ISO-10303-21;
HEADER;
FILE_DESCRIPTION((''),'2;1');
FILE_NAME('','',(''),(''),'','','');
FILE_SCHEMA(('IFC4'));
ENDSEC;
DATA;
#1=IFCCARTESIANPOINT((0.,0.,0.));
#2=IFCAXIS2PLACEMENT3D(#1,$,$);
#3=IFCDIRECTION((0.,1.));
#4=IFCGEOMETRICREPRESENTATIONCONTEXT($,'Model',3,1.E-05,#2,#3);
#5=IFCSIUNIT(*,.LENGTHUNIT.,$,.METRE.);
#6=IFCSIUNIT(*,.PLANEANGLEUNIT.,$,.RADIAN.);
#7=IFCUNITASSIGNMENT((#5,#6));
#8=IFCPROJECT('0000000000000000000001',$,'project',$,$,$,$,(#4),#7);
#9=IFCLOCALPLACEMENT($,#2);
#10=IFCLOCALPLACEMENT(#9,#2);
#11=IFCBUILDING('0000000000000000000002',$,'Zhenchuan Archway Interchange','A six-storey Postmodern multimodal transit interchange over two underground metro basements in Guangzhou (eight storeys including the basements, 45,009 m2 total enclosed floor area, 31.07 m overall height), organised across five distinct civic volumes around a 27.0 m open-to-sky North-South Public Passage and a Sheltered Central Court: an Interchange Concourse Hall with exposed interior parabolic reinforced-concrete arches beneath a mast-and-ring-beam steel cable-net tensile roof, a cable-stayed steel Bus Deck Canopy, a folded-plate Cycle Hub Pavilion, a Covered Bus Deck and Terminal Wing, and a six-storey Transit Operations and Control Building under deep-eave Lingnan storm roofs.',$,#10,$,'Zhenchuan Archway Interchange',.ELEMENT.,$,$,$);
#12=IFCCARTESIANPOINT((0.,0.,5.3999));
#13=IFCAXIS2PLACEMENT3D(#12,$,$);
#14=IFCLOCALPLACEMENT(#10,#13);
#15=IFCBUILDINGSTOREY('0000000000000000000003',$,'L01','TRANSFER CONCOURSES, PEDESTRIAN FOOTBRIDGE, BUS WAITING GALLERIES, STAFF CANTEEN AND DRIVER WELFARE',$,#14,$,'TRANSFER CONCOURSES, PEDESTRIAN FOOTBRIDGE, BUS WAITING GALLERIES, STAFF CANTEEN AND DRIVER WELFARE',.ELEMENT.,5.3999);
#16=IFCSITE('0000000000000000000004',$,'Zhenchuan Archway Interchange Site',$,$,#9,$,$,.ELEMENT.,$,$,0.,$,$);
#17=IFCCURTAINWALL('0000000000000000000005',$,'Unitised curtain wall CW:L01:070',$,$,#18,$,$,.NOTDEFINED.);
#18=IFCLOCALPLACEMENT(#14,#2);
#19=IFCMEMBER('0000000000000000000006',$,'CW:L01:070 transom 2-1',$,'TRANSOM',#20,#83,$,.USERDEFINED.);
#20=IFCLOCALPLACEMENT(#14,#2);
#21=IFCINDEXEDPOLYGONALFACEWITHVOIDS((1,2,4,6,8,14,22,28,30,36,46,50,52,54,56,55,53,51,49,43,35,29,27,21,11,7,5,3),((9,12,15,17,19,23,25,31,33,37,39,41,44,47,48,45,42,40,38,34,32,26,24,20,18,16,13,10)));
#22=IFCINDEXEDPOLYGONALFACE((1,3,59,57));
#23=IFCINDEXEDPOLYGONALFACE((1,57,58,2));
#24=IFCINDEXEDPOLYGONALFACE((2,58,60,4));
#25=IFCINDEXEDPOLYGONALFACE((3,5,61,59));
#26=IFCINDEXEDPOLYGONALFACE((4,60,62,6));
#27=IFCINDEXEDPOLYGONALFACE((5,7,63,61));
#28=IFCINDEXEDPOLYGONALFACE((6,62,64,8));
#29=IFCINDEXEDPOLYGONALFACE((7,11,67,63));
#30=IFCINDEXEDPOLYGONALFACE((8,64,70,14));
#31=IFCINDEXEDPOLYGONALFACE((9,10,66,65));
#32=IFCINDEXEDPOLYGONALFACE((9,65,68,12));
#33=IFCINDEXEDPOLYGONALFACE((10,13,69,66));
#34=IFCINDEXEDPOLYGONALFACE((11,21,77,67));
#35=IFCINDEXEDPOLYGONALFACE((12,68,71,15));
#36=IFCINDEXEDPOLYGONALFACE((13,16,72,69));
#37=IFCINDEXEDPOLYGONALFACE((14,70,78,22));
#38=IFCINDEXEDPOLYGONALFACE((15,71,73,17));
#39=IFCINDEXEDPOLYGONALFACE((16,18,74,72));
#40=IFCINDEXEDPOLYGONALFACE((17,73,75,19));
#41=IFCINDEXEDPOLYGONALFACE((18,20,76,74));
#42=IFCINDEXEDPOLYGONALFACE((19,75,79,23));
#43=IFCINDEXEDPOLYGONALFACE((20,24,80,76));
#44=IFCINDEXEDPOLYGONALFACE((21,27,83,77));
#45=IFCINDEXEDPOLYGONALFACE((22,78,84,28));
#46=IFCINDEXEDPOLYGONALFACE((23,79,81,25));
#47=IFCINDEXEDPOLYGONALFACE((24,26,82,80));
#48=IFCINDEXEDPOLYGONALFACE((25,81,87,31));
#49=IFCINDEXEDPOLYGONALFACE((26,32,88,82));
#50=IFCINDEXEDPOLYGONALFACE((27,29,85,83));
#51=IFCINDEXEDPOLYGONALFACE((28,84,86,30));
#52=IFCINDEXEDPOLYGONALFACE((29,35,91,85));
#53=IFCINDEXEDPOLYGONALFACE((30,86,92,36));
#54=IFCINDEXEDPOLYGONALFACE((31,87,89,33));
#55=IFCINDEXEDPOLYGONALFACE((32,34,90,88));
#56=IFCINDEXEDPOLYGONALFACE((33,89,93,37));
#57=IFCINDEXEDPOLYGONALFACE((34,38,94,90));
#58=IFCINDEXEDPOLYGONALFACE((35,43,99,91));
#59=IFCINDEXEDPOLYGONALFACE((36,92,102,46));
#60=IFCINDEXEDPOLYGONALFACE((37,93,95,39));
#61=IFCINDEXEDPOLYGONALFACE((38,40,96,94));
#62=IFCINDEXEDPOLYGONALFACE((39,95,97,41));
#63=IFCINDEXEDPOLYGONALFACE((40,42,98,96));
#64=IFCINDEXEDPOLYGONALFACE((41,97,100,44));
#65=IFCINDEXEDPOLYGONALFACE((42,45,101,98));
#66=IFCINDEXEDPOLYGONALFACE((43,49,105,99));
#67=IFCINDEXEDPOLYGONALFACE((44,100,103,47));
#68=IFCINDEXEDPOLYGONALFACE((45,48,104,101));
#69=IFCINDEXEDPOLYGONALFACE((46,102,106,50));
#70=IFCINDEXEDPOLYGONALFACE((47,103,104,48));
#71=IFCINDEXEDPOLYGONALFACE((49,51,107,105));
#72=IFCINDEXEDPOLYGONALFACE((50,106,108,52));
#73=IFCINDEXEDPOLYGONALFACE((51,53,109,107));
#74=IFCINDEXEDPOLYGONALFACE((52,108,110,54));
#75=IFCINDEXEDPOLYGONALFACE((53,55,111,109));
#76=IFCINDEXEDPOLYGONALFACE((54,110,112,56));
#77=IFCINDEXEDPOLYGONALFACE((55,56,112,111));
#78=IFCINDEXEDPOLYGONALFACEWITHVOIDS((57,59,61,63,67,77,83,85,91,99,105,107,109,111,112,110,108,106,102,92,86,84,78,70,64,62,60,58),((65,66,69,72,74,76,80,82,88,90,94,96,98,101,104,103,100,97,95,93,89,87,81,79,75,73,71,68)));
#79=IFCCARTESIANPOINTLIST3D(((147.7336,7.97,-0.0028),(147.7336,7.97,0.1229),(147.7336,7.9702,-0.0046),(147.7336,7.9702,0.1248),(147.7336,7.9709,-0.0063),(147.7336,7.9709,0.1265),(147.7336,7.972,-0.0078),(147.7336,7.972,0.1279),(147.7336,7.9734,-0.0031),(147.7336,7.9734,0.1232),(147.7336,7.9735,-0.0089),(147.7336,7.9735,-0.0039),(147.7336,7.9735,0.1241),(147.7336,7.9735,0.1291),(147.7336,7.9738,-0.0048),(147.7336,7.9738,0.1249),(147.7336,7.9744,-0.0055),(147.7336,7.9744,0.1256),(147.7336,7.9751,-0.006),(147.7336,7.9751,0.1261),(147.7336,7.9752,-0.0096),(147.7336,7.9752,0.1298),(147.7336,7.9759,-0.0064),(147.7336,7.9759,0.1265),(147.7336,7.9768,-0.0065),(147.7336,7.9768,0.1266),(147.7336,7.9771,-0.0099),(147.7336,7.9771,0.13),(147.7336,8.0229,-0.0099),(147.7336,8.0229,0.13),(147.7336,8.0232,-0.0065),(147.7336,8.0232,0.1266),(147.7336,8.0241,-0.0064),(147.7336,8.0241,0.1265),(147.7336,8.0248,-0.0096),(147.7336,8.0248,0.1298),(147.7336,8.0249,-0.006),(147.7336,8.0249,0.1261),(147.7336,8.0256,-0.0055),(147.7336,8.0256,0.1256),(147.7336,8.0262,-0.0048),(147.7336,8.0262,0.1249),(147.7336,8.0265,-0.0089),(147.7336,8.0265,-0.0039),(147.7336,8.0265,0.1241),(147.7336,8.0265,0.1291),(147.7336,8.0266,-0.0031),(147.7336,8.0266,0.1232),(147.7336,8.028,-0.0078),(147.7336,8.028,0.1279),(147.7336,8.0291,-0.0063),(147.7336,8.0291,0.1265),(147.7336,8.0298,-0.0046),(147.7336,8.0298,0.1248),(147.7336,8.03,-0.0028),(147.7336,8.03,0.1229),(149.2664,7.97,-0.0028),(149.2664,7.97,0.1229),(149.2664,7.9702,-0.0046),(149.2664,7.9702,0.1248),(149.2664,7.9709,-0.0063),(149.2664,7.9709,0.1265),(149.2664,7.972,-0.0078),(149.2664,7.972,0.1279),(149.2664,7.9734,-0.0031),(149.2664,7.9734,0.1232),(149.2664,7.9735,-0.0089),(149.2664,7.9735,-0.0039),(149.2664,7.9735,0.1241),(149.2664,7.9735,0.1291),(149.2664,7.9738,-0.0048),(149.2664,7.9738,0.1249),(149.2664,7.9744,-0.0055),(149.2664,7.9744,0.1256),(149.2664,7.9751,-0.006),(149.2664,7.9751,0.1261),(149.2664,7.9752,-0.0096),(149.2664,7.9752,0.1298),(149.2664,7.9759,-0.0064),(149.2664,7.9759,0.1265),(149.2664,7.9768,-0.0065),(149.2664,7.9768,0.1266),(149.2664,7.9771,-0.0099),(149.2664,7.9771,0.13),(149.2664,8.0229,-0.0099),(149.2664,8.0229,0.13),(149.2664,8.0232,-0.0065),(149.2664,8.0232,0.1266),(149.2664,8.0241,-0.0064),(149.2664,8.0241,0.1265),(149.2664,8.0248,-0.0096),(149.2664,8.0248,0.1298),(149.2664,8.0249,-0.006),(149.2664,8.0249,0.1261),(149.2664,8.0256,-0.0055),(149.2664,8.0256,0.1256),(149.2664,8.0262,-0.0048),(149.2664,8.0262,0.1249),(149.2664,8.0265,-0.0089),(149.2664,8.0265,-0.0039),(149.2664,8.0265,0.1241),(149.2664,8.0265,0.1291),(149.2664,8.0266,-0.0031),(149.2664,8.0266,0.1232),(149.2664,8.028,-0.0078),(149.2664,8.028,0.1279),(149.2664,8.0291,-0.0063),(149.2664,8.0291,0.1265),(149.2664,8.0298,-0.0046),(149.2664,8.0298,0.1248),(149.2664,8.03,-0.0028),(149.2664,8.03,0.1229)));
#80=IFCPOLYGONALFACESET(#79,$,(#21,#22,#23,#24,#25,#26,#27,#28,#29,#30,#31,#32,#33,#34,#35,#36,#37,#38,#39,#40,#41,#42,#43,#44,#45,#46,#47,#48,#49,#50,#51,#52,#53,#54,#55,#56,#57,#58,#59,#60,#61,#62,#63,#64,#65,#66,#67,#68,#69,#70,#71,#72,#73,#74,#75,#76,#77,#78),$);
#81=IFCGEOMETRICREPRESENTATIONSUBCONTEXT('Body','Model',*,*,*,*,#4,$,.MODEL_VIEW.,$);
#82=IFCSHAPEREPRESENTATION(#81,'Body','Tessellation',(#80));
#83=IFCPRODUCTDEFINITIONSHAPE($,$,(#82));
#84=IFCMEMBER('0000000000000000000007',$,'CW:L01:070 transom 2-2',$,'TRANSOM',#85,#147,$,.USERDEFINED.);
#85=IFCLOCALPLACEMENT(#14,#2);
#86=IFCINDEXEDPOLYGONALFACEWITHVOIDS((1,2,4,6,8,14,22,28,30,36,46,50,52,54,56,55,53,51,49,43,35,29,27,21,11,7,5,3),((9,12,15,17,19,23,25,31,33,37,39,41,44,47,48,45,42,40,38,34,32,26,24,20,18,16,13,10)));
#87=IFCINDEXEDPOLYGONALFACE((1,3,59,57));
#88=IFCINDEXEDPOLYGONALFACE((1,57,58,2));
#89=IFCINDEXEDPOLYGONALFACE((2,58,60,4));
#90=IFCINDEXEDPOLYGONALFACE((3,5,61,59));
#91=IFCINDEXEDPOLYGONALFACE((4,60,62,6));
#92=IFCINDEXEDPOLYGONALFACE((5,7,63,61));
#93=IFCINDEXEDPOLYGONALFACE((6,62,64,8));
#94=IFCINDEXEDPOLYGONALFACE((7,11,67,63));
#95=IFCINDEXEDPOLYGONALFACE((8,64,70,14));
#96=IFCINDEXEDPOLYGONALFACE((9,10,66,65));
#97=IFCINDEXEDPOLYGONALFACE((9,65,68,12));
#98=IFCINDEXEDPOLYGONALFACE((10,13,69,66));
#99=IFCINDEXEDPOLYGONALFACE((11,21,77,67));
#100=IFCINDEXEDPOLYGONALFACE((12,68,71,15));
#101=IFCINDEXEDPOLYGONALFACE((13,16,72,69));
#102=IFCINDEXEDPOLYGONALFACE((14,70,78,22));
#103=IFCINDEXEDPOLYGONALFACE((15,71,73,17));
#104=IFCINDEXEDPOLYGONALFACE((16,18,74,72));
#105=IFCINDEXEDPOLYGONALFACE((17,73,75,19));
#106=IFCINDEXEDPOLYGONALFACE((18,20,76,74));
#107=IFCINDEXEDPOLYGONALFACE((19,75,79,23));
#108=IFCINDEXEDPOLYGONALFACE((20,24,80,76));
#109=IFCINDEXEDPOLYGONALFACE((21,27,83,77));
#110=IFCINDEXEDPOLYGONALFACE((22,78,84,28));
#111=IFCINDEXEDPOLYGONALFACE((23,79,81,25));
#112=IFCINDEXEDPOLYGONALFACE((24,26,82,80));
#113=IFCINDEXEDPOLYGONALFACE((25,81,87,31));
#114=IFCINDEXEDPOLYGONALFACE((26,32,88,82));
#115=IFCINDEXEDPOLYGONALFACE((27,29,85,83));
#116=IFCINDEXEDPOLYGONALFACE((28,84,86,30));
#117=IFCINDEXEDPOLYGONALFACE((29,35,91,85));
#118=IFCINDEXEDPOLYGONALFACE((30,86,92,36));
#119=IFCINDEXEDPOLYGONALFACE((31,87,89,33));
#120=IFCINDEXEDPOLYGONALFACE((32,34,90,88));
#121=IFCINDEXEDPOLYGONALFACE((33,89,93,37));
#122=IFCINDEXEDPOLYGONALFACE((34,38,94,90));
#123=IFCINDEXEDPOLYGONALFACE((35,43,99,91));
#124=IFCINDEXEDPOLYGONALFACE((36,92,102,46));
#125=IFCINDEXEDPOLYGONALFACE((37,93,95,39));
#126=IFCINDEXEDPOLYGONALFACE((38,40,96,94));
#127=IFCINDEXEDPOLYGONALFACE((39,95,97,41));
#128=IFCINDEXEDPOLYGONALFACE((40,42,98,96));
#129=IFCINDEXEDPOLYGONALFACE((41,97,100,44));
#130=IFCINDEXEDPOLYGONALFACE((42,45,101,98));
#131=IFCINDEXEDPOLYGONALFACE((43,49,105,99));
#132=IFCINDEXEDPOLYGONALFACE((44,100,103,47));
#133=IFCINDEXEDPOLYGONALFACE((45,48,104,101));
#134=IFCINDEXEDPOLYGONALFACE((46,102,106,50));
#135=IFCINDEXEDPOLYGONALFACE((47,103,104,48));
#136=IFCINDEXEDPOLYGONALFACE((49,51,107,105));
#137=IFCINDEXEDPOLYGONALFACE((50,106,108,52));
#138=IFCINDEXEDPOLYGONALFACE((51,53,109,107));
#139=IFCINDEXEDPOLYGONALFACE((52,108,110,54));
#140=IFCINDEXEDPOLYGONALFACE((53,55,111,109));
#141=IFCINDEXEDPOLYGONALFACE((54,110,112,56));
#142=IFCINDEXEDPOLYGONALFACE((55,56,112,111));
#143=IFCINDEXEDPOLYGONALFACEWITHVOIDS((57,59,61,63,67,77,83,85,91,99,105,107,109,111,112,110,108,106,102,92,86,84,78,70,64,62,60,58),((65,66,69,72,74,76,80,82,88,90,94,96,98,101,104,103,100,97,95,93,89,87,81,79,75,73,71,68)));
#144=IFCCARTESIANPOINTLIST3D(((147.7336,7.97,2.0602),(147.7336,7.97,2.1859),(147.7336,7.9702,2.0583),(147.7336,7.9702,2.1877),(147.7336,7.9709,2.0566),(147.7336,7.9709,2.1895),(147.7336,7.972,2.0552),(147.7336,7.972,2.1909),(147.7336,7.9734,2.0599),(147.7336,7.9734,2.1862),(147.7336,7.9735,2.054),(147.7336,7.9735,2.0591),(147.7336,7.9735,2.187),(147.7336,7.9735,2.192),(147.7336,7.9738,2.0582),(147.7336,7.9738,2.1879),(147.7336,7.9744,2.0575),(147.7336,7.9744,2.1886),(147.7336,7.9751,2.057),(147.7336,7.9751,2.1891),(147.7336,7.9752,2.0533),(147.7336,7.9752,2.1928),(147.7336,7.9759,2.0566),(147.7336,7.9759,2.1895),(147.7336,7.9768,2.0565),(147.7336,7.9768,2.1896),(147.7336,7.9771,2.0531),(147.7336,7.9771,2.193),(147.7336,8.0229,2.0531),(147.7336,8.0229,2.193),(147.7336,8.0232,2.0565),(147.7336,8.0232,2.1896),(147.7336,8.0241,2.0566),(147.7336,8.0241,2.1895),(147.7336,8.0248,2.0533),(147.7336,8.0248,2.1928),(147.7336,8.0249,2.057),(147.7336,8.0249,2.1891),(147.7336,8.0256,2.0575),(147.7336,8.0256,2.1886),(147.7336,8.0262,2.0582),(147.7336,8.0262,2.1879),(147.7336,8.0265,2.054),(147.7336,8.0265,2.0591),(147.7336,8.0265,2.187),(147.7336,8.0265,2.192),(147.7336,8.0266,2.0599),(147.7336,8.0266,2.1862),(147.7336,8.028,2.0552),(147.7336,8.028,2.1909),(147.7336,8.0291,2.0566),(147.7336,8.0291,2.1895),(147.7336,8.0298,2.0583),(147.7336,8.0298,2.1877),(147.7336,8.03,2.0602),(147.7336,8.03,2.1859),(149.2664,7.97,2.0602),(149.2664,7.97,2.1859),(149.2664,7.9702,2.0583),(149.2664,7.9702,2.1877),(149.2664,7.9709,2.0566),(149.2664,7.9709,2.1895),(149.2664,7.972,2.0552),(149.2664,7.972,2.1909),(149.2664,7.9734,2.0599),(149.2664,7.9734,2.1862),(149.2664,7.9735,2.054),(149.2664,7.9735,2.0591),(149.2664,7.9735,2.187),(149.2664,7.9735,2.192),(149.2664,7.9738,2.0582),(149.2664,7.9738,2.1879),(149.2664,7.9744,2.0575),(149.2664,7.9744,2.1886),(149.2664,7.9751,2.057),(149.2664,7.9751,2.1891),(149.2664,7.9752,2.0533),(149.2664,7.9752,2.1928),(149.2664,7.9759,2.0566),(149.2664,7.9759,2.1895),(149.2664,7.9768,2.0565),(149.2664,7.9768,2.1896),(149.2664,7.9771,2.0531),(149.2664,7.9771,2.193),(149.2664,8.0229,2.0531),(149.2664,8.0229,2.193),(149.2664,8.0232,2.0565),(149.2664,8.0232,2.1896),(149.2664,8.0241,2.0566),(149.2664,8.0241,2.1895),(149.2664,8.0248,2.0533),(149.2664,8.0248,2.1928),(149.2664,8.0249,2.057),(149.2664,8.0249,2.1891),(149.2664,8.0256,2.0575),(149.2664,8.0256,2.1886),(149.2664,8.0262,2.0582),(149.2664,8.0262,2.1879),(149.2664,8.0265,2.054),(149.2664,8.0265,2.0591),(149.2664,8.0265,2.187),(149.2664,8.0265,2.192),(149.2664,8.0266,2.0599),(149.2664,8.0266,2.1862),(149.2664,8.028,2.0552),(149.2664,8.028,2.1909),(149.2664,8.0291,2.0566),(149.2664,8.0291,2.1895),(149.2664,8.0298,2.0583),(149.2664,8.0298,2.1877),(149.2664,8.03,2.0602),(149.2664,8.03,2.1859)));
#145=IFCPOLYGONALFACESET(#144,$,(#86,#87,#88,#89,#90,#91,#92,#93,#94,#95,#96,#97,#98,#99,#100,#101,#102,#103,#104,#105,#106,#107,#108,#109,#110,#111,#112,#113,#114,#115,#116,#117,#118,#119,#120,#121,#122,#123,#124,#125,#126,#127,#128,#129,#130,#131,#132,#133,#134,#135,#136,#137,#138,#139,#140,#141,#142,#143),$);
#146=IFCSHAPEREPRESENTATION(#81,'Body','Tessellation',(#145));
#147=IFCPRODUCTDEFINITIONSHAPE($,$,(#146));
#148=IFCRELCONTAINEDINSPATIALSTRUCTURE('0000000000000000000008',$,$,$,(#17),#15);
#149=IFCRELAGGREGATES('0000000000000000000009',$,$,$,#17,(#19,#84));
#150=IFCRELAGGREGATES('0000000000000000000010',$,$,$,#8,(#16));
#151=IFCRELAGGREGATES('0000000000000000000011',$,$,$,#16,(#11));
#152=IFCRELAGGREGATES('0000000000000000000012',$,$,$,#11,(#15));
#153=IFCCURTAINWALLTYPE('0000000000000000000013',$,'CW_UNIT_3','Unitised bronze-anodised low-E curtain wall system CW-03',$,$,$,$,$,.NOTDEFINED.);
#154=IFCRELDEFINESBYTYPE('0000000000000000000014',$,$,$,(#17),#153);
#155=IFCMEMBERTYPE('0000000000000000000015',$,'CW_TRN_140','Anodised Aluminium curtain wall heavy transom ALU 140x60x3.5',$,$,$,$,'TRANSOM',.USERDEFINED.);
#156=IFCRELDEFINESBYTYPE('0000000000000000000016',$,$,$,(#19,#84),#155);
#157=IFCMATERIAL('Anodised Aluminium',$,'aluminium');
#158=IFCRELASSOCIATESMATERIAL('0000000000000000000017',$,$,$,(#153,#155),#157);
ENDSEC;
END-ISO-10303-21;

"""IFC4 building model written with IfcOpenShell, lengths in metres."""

from ifc_helpers import new_model, si_unit, direction, frame, origin, origin_2d, place, context, subcontext, project, spatial, hollow_rectangle, extrude, material, material_profile, profile_set, type_object, element, aggregate, save


model = new_model("IFC4")

# Units and contexts
model_context = context("Model", 3, precision=1e-05, world=origin(), true_north=direction((0.0, 1.0)))
body_context = subcontext(model_context, "Body", "Model", "MODEL_VIEW")
ifc_project = project(units=[si_unit("LENGTHUNIT", "METRE"), si_unit("PLANEANGLEUNIT", "RADIAN")], contexts=[model_context])

# Site, building, storey
site_placement = place(None, origin())
site = spatial("IfcSite", under=ifc_project, at=site_placement, Name="Zhenchuan Archway Interchange Site", CompositionType="ELEMENT", RefElevation=0.0)
building_placement = place(site_placement, origin())
building = spatial("IfcBuilding", under=site, at=building_placement, Name="Zhenchuan Archway Interchange", Description="A six-storey Postmodern multimodal transit interchange over two underground metro basements in Guangzhou (eight storeys including the basements, 45,009 m2 total enclosed floor area, 31.07 m overall height), organised across five distinct civic volumes around a 27.0 m open-to-sky North-South Public Passage and a Sheltered Central Court: an Interchange Concourse Hall with exposed interior parabolic reinforced-concrete arches beneath a mast-and-ring-beam steel cable-net tensile roof, a cable-stayed steel Bus Deck Canopy, a folded-plate Cycle Hub Pavilion, a Covered Bus Deck and Terminal Wing, and a six-storey Transit Operations and Control Building under deep-eave Lingnan storm roofs.", LongName="Zhenchuan Archway Interchange", CompositionType="ELEMENT")
storey_placement = place(building_placement, frame((0.0, 0.0, 5.3999)))
storey = spatial("IfcBuildingStorey", under=building, at=storey_placement, Name="L01", Description="TRANSFER CONCOURSES, PEDESTRIAN FOOTBRIDGE, BUS WAITING GALLERIES, STAFF CANTEEN AND DRIVER WELFARE", LongName="TRANSFER CONCOURSES, PEDESTRIAN FOOTBRIDGE, BUS WAITING GALLERIES, STAFF CANTEEN AND DRIVER WELFARE", CompositionType="ELEMENT", Elevation=5.3999)

# Curtain wall, members
ifc_material_1 = material(Name="Anodised Aluminium", Category="aluminium")
curtain_wall_type = type_object("IfcCurtainWallType", Name="CW_UNIT_3", Description="Unitised bronze-anodised low-E curtain wall system CW-03", PredefinedType="NOTDEFINED", material=ifc_material_1)
curtain_wall_placement = place(storey_placement, origin())
curtain_wall = element("IfcCurtainWall", 1, at=curtain_wall_placement, inside=storey, type_object=curtain_wall_type, Name="Unitised curtain wall CW:L01:070", PredefinedType="NOTDEFINED")
ifc_material_profile_1 = material_profile(ifc_material_1, hollow_rectangle(XDim=0.0601, YDim=0.1399, WallThickness=0.0034, InnerFilletRadius=0.0034, OuterFilletRadius=0.0071, at=origin_2d()), Name="ALU 140x60x3.5")
ifc_profile_set_1 = profile_set([ifc_material_profile_1], Name="Anodised Aluminium")
member_type_1 = type_object("IfcMemberType", Name="CW_TRN_140", Description="Anodised Aluminium curtain wall heavy transom ALU 140x60x3.5", ElementType="TRANSOM", PredefinedType="USERDEFINED", material=ifc_profile_set_1)
member_1_placement = place(storey_placement, frame((149.2664, 8.0, 0.0601), z_axis=(-1.0, 0.0, 0.0), x_axis=(0.0, -1.0, 0.0)))
member_1 = element("IfcMember", 2, at=member_1_placement, type_object=member_type_1, Name="CW:L01:070 transom 2-1", ObjectType="TRANSOM", PredefinedType="USERDEFINED", context=body_context, shape_type="SweptSolid", body=[
    extrude(hollow_rectangle(XDim=0.0601, YDim=0.1399, WallThickness=0.0034, InnerFilletRadius=0.0034, OuterFilletRadius=0.0071, at=origin_2d()), origin(), (0.0, 0.0, 1.0), 1.5327),
])
member_2_placement = place(storey_placement, frame((149.2664, 8.0, 2.123), z_axis=(-1.0, 0.0, 0.0), x_axis=(0.0, -1.0, 0.0)))
member_2 = element("IfcMember", 3, at=member_2_placement, type_object=member_type_1, Name="CW:L01:070 transom 2-2", ObjectType="TRANSOM", PredefinedType="USERDEFINED", context=body_context, shape_type="SweptSolid", body=[
    extrude(hollow_rectangle(XDim=0.0601, YDim=0.1399, WallThickness=0.0034, InnerFilletRadius=0.0034, OuterFilletRadius=0.0071, at=origin_2d()), origin(), (0.0, 0.0, 1.0), 1.5327),
])

aggregate(curtain_wall, [member_1, member_2])

save(model, "model.ifc")
